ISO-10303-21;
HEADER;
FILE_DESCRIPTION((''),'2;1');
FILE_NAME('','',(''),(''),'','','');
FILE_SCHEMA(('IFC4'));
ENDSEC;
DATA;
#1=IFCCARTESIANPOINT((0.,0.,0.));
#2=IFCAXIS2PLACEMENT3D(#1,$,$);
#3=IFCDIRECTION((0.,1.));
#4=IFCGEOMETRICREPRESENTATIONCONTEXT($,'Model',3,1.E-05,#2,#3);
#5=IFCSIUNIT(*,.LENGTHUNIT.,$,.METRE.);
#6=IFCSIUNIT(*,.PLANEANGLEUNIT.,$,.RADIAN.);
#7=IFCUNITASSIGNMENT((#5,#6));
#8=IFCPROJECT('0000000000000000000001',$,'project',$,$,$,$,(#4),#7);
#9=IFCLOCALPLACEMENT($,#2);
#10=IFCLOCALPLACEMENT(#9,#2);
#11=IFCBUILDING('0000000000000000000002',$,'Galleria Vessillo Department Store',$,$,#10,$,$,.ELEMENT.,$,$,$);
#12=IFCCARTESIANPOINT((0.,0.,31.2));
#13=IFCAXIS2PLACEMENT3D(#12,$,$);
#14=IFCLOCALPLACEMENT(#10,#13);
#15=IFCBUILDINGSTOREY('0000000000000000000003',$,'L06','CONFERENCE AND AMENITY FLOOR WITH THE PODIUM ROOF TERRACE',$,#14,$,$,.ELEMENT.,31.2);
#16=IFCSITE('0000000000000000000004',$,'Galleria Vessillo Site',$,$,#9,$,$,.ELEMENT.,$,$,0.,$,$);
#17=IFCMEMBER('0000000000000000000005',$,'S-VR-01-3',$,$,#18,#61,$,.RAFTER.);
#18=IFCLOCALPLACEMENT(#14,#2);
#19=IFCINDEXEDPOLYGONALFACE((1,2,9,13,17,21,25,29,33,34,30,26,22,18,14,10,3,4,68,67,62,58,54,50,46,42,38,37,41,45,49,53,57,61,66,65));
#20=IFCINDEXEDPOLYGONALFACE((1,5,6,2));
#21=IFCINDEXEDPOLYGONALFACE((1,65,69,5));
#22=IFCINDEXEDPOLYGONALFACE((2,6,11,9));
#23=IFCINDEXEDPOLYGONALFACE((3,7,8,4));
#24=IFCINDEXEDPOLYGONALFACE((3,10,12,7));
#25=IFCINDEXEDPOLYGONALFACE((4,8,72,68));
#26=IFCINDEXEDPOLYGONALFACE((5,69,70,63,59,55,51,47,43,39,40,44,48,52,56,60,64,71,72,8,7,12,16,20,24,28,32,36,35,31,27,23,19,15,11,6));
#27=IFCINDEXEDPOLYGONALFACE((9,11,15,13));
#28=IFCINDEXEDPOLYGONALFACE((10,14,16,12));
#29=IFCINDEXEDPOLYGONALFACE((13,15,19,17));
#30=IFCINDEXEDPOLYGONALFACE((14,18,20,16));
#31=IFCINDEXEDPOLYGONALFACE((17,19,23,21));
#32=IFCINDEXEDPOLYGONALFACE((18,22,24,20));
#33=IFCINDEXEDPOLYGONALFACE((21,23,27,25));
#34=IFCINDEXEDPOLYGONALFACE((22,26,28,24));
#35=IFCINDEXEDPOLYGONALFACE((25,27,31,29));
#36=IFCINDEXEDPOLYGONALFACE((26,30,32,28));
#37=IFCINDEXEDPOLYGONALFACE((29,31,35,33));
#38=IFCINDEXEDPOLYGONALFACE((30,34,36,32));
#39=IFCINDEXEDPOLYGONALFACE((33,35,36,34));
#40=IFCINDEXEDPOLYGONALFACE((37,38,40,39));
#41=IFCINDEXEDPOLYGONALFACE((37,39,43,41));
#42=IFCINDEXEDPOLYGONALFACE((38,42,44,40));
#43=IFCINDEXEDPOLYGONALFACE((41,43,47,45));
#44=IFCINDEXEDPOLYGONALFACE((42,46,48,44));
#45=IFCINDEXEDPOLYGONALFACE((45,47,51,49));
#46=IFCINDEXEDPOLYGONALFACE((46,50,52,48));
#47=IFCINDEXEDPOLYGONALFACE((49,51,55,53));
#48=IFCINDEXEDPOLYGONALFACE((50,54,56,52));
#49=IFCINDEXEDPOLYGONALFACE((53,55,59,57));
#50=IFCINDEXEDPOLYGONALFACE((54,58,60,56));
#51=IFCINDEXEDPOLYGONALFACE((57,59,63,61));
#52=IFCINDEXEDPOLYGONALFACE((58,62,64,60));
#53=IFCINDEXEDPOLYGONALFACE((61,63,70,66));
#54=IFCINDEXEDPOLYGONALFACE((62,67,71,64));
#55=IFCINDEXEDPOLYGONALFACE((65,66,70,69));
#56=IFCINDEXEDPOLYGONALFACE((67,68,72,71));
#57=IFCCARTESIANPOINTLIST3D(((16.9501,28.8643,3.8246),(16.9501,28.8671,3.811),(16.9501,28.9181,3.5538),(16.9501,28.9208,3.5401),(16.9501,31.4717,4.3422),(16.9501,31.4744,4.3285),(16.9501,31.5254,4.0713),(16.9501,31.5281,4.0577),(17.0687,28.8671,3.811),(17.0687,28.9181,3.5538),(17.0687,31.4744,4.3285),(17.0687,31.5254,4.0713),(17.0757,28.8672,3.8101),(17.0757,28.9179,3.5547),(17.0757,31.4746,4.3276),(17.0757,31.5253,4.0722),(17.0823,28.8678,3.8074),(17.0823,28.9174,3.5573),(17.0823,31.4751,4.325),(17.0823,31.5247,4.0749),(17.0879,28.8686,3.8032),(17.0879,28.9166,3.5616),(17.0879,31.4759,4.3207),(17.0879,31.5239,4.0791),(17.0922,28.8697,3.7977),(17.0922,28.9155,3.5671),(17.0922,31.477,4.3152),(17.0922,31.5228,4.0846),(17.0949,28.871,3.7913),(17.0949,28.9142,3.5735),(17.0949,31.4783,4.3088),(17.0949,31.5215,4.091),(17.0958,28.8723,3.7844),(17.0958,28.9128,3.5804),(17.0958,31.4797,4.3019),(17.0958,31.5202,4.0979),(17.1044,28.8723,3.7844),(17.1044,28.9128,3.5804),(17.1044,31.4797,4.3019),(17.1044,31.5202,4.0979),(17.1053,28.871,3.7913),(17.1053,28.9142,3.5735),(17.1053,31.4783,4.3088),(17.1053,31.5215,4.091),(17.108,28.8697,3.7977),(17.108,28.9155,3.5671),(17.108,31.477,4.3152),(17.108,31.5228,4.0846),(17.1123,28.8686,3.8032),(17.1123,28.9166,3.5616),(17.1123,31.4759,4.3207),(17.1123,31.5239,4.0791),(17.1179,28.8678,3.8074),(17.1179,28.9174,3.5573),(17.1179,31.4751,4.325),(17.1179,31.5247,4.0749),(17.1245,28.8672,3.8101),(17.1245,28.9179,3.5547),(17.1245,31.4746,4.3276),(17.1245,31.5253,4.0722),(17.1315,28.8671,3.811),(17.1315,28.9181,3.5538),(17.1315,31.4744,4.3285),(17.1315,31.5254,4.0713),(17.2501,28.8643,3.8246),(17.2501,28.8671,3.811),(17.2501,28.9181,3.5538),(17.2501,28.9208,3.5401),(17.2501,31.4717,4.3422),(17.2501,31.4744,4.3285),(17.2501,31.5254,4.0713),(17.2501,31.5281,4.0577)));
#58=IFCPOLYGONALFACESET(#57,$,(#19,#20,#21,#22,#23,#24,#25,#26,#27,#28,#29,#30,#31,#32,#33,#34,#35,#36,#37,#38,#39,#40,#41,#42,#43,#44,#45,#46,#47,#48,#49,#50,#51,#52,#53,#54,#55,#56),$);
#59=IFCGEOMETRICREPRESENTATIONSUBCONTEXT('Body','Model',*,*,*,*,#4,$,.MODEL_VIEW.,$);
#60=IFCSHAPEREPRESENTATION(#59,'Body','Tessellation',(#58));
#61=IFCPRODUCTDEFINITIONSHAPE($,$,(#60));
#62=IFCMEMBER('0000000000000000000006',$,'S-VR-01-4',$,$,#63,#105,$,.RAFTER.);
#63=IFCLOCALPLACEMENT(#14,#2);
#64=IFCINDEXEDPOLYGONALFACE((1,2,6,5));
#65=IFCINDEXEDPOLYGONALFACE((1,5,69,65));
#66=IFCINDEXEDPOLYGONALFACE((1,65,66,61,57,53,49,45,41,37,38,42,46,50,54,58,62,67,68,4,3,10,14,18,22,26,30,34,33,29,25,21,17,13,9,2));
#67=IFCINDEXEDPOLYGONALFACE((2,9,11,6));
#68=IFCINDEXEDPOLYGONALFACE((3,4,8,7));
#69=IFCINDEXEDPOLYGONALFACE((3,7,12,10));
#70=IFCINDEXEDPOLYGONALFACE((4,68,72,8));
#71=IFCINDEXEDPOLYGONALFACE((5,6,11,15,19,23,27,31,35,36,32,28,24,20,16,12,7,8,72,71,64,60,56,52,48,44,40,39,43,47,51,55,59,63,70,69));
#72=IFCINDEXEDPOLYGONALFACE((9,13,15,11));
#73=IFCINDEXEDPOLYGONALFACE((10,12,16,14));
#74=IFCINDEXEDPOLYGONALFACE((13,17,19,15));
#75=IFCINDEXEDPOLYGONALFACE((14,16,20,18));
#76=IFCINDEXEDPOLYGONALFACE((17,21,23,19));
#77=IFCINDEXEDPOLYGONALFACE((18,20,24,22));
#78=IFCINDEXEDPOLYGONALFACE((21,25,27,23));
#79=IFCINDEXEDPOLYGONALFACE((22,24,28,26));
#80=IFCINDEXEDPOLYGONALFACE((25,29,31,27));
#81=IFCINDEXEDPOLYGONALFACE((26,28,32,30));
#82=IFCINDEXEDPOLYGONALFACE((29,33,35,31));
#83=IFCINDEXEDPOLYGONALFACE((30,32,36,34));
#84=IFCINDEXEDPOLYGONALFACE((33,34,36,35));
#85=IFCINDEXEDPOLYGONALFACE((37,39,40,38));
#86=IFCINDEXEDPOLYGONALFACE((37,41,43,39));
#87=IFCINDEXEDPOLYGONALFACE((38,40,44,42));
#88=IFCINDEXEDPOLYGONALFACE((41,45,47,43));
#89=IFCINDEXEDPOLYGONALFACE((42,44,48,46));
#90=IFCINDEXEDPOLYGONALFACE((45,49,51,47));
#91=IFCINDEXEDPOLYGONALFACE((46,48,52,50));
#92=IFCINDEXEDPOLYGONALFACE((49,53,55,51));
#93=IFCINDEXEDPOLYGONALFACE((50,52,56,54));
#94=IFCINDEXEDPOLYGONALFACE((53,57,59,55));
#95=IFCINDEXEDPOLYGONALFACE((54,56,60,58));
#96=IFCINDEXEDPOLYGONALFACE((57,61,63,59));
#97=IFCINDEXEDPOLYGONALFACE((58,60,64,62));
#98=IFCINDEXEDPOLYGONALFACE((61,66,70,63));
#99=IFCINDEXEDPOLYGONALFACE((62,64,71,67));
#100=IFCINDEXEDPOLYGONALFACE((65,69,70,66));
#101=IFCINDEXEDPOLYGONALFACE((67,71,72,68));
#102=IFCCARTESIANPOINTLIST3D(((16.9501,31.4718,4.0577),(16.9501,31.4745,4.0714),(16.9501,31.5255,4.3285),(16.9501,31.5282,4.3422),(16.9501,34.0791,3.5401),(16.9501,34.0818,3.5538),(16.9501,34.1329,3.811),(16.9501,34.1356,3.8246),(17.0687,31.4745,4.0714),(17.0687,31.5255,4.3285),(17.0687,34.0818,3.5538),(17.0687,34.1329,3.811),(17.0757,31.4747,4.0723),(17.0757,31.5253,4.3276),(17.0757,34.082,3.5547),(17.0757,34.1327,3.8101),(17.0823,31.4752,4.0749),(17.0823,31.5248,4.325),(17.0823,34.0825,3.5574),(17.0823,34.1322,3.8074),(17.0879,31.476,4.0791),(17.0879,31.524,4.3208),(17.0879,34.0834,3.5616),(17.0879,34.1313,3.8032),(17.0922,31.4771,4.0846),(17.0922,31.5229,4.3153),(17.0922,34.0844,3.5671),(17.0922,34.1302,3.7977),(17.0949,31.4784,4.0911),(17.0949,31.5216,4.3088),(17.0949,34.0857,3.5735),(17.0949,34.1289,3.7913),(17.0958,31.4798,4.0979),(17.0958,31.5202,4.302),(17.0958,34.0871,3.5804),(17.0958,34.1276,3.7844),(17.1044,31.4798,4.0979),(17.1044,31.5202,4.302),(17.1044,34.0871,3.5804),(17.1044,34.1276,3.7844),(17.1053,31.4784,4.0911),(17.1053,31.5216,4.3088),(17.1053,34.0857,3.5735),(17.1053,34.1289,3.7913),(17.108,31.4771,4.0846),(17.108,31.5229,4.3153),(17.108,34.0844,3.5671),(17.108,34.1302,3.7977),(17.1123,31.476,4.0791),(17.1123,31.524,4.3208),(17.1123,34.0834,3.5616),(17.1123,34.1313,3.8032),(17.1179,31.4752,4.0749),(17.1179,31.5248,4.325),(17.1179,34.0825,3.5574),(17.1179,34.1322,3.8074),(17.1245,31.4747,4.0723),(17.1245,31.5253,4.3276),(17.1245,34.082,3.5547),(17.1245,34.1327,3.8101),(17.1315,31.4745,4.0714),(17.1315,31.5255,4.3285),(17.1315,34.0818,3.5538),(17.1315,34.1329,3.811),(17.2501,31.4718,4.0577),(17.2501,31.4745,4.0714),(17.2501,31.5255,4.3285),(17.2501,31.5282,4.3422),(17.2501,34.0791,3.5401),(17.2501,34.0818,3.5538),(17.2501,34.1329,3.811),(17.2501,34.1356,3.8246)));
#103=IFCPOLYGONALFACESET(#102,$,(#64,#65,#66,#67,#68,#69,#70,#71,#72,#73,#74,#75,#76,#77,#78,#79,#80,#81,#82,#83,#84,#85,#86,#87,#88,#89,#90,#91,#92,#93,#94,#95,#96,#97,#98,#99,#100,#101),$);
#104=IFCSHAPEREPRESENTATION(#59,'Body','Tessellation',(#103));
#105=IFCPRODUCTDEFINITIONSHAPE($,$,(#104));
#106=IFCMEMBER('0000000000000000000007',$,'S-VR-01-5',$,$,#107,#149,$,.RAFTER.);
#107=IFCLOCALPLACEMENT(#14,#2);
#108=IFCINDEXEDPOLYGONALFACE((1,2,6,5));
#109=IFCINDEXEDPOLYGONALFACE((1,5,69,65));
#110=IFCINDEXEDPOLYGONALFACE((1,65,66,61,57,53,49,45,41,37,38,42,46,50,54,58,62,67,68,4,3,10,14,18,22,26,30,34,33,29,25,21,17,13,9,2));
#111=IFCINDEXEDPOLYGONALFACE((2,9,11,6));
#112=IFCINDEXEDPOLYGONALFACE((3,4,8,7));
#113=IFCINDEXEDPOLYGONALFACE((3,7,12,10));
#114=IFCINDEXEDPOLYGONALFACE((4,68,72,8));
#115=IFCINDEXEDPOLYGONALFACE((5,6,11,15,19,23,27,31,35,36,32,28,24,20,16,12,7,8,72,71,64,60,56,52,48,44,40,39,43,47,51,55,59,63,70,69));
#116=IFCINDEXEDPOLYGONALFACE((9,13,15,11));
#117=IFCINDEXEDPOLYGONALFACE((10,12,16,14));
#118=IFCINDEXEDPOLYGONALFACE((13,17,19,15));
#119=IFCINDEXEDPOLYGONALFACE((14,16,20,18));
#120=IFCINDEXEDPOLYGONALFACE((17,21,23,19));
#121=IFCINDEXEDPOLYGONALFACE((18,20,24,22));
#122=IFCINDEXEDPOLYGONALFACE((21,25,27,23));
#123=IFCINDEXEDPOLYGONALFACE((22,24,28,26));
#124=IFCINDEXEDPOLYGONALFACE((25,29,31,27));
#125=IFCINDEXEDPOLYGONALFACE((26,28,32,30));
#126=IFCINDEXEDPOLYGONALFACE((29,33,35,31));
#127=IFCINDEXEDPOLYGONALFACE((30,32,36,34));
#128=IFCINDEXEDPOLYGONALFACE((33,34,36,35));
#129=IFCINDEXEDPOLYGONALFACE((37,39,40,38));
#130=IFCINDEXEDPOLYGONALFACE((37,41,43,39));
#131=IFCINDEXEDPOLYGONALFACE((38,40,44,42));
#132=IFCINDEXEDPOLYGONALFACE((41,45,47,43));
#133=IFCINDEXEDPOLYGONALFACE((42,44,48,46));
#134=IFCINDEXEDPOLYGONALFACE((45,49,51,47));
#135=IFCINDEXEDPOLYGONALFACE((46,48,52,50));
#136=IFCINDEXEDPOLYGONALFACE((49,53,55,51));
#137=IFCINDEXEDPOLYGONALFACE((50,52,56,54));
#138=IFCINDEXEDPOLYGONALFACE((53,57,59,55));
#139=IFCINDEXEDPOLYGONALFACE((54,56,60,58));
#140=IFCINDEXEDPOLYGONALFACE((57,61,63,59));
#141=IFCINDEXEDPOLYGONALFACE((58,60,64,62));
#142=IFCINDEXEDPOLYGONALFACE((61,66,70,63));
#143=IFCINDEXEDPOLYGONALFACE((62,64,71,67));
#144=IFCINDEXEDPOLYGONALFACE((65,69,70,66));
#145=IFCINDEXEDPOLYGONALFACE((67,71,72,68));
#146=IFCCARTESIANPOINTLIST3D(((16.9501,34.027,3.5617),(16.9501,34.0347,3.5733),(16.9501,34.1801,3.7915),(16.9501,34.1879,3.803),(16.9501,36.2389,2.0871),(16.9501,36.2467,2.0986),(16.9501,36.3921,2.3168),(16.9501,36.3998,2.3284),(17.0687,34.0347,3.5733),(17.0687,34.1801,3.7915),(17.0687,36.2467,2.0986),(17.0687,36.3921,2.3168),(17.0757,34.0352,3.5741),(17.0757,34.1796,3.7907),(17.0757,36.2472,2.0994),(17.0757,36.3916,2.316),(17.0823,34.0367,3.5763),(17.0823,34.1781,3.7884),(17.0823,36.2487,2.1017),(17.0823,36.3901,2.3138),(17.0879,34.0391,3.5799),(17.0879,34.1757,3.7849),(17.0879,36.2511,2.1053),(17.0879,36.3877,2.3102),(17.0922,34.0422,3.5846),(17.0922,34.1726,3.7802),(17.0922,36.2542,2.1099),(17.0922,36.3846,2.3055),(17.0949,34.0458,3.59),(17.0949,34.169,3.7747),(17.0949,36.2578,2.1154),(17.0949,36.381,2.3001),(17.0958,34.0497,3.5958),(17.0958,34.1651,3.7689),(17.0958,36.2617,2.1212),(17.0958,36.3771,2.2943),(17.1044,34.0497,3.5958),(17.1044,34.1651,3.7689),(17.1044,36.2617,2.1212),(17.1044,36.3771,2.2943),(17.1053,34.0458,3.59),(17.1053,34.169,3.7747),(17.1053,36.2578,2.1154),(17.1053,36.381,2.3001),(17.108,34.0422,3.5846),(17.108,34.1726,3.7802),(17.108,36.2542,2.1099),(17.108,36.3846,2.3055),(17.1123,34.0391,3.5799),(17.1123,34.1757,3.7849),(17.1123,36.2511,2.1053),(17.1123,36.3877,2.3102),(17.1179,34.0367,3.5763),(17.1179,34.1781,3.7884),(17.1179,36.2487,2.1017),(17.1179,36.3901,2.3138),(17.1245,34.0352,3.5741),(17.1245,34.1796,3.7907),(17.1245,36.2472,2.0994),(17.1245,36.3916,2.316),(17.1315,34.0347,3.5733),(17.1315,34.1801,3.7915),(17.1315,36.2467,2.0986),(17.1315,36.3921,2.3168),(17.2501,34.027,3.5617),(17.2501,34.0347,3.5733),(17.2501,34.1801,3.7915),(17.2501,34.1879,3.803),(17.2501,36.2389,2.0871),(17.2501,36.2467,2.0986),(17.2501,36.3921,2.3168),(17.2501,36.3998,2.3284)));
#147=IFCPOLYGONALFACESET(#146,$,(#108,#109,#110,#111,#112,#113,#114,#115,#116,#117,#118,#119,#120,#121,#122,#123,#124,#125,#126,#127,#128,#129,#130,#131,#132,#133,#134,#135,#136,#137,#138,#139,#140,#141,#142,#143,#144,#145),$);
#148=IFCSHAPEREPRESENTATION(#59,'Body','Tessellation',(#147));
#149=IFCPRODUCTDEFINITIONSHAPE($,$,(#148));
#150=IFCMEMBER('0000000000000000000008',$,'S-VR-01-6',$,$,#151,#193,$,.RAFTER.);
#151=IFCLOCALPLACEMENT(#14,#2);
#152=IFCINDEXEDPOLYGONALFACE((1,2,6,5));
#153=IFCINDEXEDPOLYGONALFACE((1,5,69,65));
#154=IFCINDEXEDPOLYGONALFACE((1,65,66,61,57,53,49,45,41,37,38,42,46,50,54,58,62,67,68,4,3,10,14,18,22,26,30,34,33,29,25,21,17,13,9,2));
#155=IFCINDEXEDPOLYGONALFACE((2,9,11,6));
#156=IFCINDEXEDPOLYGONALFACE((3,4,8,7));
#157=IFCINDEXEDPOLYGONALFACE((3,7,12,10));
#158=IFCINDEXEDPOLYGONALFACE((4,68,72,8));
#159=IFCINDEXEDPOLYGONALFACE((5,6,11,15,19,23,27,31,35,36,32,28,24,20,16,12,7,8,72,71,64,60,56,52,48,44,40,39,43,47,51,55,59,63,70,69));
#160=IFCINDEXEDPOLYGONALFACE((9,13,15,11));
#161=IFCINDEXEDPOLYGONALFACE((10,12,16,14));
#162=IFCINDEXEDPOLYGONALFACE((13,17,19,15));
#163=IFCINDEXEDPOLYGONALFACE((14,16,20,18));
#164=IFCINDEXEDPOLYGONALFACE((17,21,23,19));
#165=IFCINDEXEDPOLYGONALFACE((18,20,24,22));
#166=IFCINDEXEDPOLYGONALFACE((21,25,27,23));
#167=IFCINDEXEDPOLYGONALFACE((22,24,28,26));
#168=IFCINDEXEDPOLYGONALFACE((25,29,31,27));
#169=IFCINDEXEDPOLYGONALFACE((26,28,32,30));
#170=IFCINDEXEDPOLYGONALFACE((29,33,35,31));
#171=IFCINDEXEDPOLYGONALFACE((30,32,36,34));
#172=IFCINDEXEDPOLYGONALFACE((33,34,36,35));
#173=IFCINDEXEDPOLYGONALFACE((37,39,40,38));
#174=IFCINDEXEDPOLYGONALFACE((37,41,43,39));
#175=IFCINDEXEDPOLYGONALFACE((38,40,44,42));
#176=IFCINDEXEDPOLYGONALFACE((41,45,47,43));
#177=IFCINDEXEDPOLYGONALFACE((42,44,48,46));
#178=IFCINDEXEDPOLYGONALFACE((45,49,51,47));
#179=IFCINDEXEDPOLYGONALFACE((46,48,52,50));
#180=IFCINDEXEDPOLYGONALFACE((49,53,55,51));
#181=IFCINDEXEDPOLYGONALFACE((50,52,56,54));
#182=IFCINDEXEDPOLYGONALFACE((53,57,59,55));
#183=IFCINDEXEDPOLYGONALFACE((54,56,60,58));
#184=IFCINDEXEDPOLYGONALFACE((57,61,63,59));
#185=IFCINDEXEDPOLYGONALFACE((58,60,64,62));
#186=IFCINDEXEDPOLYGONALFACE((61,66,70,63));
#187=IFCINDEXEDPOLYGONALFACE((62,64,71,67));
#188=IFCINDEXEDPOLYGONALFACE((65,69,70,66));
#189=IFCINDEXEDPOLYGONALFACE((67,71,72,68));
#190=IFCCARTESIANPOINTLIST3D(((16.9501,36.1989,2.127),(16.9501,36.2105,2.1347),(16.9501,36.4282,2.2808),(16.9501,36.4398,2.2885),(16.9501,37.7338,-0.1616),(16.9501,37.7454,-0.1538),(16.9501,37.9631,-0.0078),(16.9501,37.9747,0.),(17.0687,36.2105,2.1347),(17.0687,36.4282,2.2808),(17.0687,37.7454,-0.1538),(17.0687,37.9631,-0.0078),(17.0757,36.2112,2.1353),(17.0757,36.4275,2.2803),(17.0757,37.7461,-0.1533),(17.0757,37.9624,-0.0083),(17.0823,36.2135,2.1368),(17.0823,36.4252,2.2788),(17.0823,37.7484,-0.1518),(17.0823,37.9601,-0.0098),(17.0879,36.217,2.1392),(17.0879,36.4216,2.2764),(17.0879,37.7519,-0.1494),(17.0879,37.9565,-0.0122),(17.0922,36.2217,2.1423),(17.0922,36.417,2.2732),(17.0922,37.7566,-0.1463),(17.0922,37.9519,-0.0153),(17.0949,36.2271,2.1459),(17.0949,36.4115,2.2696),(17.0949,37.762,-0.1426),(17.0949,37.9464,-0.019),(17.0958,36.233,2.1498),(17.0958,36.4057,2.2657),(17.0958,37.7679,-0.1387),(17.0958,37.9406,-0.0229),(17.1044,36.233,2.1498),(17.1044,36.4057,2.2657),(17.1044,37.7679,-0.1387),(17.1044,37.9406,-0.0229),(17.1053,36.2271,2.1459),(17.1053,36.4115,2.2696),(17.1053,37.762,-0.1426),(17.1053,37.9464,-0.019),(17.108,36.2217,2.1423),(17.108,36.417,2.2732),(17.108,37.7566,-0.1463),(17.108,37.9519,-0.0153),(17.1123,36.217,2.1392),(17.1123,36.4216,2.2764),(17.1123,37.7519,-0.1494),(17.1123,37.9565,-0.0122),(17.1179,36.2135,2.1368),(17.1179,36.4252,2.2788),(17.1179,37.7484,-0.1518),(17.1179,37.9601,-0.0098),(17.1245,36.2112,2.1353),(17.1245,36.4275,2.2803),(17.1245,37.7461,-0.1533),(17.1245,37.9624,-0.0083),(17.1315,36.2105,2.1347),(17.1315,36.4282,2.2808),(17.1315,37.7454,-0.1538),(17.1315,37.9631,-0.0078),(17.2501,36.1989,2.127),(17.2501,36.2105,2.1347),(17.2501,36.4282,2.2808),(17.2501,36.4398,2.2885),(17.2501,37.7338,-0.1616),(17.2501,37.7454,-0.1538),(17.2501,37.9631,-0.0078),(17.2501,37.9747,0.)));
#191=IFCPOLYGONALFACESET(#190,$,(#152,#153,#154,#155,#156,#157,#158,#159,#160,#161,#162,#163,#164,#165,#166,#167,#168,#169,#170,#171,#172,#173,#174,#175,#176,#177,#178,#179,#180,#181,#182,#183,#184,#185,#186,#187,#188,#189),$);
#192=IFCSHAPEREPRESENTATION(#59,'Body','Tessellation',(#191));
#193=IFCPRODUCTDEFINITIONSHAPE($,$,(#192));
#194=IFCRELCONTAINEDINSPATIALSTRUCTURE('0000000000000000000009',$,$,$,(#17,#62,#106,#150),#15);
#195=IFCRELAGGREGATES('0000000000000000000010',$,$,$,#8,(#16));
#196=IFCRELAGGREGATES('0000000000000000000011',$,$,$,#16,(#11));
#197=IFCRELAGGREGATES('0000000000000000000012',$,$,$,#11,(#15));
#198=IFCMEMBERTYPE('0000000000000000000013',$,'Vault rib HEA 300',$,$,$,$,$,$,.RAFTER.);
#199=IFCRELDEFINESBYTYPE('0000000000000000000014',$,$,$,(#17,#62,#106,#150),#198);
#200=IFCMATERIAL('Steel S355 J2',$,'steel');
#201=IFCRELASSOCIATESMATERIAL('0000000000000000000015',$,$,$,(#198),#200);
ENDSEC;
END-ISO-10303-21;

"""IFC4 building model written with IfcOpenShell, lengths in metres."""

from ifc_helpers import new_model, si_unit, direction, frame, origin, origin_2d, place, context, subcontext, project, spatial, i_section, extrude, material, material_profile, profile_set, type_object, element, save


model = new_model("IFC4")

# Units and contexts
model_context = context("Model", 3, precision=1e-05, world=origin(), true_north=direction((0.0, 1.0)))
body_context = subcontext(model_context, "Body", "Model", "MODEL_VIEW")
ifc_project = project(units=[si_unit("LENGTHUNIT", "METRE"), si_unit("PLANEANGLEUNIT", "RADIAN")], contexts=[model_context])

# Site, building, storey
site_placement = place(None, origin())
site = spatial("IfcSite", under=ifc_project, at=site_placement, Name="Galleria Vessillo Site", CompositionType="ELEMENT", RefElevation=0.0)
building_placement = place(site_placement, origin())
building = spatial("IfcBuilding", under=site, at=building_placement, Name="Galleria Vessillo Department Store", CompositionType="ELEMENT")
storey_placement = place(building_placement, frame((0.0, 0.0, 31.2)))
storey = spatial("IfcBuildingStorey", under=building, at=storey_placement, Name="L06", Description="CONFERENCE AND AMENITY FLOOR WITH THE PODIUM ROOF TERRACE", CompositionType="ELEMENT", Elevation=31.2)

# Members
ifc_material_1 = material(Name="Steel S355 J2", Category="steel")
ifc_material_profile_1 = material_profile(ifc_material_1, i_section(OverallWidth=0.3, OverallDepth=0.29, WebThickness=0.0085, FlangeThickness=0.0139, FilletRadius=0.0271, at=origin_2d()), Name="HEA 300")
ifc_profile_set_1 = profile_set([ifc_material_profile_1], Name="Steel S355 J2")
member_type_1 = type_object("IfcMemberType", Name="Vault rib HEA 300", PredefinedType="RAFTER", material=ifc_profile_set_1)
for number, where, z_axis, x_axis, name in (
    (1, (17.1001, 28.8926, 3.6824), (0.0, 0.980862, 0.194703), (-1.0, 0.0, 0.0), "S-VR-01-3"),
    (2, (17.1001, 31.5, 4.2), (0.0, 0.980862, -0.194703), (-1.0, 0.0, 0.0), "S-VR-01-4"),
):
    element("IfcMember", number, at=place(storey_placement, frame(where, z_axis=z_axis, x_axis=x_axis)), inside=storey, type_object=member_type_1, Name=name, PredefinedType="RAFTER", context=body_context, shape_type="SweptSolid", body=[
        extrude(i_section(OverallWidth=0.3, OverallDepth=0.29, WebThickness=0.0085, FlangeThickness=0.0139, FilletRadius=0.0271, at=origin_2d()), origin(), (0.0, 0.0, 1.0), 2.6582),
    ])
member_1_placement = place(storey_placement, frame((17.1001, 34.1074, 3.6824), z_axis=(0.0, 0.83205, -0.5547), x_axis=(-1.0, 0.0, 0.0)))
element("IfcMember", 3, at=member_1_placement, inside=storey, type_object=member_type_1, Name="S-VR-01-5", PredefinedType="RAFTER", context=body_context, shape_type="SweptSolid", body=[
    extrude(i_section(OverallWidth=0.3, OverallDepth=0.29, WebThickness=0.0085, FlangeThickness=0.0139, FilletRadius=0.0271, at=origin_2d()), origin(), (0.0, 0.0, 1.0), 2.6584),
])
member_2_placement = place(storey_placement, frame((17.1001, 36.3193, 2.2078), z_axis=(0.0, 0.557008, -0.830507), x_axis=(-1.0, 0.0, 0.0)))
element("IfcMember", 4, at=member_2_placement, inside=storey, type_object=member_type_1, Name="S-VR-01-6", PredefinedType="RAFTER", context=body_context, shape_type="SweptSolid", body=[
    extrude(i_section(OverallWidth=0.3, OverallDepth=0.29, WebThickness=0.0085, FlangeThickness=0.0139, FilletRadius=0.0271, at=origin_2d()), origin(), (0.0, 0.0, 1.0), 2.7556),
])

save(model, "model.ifc")
